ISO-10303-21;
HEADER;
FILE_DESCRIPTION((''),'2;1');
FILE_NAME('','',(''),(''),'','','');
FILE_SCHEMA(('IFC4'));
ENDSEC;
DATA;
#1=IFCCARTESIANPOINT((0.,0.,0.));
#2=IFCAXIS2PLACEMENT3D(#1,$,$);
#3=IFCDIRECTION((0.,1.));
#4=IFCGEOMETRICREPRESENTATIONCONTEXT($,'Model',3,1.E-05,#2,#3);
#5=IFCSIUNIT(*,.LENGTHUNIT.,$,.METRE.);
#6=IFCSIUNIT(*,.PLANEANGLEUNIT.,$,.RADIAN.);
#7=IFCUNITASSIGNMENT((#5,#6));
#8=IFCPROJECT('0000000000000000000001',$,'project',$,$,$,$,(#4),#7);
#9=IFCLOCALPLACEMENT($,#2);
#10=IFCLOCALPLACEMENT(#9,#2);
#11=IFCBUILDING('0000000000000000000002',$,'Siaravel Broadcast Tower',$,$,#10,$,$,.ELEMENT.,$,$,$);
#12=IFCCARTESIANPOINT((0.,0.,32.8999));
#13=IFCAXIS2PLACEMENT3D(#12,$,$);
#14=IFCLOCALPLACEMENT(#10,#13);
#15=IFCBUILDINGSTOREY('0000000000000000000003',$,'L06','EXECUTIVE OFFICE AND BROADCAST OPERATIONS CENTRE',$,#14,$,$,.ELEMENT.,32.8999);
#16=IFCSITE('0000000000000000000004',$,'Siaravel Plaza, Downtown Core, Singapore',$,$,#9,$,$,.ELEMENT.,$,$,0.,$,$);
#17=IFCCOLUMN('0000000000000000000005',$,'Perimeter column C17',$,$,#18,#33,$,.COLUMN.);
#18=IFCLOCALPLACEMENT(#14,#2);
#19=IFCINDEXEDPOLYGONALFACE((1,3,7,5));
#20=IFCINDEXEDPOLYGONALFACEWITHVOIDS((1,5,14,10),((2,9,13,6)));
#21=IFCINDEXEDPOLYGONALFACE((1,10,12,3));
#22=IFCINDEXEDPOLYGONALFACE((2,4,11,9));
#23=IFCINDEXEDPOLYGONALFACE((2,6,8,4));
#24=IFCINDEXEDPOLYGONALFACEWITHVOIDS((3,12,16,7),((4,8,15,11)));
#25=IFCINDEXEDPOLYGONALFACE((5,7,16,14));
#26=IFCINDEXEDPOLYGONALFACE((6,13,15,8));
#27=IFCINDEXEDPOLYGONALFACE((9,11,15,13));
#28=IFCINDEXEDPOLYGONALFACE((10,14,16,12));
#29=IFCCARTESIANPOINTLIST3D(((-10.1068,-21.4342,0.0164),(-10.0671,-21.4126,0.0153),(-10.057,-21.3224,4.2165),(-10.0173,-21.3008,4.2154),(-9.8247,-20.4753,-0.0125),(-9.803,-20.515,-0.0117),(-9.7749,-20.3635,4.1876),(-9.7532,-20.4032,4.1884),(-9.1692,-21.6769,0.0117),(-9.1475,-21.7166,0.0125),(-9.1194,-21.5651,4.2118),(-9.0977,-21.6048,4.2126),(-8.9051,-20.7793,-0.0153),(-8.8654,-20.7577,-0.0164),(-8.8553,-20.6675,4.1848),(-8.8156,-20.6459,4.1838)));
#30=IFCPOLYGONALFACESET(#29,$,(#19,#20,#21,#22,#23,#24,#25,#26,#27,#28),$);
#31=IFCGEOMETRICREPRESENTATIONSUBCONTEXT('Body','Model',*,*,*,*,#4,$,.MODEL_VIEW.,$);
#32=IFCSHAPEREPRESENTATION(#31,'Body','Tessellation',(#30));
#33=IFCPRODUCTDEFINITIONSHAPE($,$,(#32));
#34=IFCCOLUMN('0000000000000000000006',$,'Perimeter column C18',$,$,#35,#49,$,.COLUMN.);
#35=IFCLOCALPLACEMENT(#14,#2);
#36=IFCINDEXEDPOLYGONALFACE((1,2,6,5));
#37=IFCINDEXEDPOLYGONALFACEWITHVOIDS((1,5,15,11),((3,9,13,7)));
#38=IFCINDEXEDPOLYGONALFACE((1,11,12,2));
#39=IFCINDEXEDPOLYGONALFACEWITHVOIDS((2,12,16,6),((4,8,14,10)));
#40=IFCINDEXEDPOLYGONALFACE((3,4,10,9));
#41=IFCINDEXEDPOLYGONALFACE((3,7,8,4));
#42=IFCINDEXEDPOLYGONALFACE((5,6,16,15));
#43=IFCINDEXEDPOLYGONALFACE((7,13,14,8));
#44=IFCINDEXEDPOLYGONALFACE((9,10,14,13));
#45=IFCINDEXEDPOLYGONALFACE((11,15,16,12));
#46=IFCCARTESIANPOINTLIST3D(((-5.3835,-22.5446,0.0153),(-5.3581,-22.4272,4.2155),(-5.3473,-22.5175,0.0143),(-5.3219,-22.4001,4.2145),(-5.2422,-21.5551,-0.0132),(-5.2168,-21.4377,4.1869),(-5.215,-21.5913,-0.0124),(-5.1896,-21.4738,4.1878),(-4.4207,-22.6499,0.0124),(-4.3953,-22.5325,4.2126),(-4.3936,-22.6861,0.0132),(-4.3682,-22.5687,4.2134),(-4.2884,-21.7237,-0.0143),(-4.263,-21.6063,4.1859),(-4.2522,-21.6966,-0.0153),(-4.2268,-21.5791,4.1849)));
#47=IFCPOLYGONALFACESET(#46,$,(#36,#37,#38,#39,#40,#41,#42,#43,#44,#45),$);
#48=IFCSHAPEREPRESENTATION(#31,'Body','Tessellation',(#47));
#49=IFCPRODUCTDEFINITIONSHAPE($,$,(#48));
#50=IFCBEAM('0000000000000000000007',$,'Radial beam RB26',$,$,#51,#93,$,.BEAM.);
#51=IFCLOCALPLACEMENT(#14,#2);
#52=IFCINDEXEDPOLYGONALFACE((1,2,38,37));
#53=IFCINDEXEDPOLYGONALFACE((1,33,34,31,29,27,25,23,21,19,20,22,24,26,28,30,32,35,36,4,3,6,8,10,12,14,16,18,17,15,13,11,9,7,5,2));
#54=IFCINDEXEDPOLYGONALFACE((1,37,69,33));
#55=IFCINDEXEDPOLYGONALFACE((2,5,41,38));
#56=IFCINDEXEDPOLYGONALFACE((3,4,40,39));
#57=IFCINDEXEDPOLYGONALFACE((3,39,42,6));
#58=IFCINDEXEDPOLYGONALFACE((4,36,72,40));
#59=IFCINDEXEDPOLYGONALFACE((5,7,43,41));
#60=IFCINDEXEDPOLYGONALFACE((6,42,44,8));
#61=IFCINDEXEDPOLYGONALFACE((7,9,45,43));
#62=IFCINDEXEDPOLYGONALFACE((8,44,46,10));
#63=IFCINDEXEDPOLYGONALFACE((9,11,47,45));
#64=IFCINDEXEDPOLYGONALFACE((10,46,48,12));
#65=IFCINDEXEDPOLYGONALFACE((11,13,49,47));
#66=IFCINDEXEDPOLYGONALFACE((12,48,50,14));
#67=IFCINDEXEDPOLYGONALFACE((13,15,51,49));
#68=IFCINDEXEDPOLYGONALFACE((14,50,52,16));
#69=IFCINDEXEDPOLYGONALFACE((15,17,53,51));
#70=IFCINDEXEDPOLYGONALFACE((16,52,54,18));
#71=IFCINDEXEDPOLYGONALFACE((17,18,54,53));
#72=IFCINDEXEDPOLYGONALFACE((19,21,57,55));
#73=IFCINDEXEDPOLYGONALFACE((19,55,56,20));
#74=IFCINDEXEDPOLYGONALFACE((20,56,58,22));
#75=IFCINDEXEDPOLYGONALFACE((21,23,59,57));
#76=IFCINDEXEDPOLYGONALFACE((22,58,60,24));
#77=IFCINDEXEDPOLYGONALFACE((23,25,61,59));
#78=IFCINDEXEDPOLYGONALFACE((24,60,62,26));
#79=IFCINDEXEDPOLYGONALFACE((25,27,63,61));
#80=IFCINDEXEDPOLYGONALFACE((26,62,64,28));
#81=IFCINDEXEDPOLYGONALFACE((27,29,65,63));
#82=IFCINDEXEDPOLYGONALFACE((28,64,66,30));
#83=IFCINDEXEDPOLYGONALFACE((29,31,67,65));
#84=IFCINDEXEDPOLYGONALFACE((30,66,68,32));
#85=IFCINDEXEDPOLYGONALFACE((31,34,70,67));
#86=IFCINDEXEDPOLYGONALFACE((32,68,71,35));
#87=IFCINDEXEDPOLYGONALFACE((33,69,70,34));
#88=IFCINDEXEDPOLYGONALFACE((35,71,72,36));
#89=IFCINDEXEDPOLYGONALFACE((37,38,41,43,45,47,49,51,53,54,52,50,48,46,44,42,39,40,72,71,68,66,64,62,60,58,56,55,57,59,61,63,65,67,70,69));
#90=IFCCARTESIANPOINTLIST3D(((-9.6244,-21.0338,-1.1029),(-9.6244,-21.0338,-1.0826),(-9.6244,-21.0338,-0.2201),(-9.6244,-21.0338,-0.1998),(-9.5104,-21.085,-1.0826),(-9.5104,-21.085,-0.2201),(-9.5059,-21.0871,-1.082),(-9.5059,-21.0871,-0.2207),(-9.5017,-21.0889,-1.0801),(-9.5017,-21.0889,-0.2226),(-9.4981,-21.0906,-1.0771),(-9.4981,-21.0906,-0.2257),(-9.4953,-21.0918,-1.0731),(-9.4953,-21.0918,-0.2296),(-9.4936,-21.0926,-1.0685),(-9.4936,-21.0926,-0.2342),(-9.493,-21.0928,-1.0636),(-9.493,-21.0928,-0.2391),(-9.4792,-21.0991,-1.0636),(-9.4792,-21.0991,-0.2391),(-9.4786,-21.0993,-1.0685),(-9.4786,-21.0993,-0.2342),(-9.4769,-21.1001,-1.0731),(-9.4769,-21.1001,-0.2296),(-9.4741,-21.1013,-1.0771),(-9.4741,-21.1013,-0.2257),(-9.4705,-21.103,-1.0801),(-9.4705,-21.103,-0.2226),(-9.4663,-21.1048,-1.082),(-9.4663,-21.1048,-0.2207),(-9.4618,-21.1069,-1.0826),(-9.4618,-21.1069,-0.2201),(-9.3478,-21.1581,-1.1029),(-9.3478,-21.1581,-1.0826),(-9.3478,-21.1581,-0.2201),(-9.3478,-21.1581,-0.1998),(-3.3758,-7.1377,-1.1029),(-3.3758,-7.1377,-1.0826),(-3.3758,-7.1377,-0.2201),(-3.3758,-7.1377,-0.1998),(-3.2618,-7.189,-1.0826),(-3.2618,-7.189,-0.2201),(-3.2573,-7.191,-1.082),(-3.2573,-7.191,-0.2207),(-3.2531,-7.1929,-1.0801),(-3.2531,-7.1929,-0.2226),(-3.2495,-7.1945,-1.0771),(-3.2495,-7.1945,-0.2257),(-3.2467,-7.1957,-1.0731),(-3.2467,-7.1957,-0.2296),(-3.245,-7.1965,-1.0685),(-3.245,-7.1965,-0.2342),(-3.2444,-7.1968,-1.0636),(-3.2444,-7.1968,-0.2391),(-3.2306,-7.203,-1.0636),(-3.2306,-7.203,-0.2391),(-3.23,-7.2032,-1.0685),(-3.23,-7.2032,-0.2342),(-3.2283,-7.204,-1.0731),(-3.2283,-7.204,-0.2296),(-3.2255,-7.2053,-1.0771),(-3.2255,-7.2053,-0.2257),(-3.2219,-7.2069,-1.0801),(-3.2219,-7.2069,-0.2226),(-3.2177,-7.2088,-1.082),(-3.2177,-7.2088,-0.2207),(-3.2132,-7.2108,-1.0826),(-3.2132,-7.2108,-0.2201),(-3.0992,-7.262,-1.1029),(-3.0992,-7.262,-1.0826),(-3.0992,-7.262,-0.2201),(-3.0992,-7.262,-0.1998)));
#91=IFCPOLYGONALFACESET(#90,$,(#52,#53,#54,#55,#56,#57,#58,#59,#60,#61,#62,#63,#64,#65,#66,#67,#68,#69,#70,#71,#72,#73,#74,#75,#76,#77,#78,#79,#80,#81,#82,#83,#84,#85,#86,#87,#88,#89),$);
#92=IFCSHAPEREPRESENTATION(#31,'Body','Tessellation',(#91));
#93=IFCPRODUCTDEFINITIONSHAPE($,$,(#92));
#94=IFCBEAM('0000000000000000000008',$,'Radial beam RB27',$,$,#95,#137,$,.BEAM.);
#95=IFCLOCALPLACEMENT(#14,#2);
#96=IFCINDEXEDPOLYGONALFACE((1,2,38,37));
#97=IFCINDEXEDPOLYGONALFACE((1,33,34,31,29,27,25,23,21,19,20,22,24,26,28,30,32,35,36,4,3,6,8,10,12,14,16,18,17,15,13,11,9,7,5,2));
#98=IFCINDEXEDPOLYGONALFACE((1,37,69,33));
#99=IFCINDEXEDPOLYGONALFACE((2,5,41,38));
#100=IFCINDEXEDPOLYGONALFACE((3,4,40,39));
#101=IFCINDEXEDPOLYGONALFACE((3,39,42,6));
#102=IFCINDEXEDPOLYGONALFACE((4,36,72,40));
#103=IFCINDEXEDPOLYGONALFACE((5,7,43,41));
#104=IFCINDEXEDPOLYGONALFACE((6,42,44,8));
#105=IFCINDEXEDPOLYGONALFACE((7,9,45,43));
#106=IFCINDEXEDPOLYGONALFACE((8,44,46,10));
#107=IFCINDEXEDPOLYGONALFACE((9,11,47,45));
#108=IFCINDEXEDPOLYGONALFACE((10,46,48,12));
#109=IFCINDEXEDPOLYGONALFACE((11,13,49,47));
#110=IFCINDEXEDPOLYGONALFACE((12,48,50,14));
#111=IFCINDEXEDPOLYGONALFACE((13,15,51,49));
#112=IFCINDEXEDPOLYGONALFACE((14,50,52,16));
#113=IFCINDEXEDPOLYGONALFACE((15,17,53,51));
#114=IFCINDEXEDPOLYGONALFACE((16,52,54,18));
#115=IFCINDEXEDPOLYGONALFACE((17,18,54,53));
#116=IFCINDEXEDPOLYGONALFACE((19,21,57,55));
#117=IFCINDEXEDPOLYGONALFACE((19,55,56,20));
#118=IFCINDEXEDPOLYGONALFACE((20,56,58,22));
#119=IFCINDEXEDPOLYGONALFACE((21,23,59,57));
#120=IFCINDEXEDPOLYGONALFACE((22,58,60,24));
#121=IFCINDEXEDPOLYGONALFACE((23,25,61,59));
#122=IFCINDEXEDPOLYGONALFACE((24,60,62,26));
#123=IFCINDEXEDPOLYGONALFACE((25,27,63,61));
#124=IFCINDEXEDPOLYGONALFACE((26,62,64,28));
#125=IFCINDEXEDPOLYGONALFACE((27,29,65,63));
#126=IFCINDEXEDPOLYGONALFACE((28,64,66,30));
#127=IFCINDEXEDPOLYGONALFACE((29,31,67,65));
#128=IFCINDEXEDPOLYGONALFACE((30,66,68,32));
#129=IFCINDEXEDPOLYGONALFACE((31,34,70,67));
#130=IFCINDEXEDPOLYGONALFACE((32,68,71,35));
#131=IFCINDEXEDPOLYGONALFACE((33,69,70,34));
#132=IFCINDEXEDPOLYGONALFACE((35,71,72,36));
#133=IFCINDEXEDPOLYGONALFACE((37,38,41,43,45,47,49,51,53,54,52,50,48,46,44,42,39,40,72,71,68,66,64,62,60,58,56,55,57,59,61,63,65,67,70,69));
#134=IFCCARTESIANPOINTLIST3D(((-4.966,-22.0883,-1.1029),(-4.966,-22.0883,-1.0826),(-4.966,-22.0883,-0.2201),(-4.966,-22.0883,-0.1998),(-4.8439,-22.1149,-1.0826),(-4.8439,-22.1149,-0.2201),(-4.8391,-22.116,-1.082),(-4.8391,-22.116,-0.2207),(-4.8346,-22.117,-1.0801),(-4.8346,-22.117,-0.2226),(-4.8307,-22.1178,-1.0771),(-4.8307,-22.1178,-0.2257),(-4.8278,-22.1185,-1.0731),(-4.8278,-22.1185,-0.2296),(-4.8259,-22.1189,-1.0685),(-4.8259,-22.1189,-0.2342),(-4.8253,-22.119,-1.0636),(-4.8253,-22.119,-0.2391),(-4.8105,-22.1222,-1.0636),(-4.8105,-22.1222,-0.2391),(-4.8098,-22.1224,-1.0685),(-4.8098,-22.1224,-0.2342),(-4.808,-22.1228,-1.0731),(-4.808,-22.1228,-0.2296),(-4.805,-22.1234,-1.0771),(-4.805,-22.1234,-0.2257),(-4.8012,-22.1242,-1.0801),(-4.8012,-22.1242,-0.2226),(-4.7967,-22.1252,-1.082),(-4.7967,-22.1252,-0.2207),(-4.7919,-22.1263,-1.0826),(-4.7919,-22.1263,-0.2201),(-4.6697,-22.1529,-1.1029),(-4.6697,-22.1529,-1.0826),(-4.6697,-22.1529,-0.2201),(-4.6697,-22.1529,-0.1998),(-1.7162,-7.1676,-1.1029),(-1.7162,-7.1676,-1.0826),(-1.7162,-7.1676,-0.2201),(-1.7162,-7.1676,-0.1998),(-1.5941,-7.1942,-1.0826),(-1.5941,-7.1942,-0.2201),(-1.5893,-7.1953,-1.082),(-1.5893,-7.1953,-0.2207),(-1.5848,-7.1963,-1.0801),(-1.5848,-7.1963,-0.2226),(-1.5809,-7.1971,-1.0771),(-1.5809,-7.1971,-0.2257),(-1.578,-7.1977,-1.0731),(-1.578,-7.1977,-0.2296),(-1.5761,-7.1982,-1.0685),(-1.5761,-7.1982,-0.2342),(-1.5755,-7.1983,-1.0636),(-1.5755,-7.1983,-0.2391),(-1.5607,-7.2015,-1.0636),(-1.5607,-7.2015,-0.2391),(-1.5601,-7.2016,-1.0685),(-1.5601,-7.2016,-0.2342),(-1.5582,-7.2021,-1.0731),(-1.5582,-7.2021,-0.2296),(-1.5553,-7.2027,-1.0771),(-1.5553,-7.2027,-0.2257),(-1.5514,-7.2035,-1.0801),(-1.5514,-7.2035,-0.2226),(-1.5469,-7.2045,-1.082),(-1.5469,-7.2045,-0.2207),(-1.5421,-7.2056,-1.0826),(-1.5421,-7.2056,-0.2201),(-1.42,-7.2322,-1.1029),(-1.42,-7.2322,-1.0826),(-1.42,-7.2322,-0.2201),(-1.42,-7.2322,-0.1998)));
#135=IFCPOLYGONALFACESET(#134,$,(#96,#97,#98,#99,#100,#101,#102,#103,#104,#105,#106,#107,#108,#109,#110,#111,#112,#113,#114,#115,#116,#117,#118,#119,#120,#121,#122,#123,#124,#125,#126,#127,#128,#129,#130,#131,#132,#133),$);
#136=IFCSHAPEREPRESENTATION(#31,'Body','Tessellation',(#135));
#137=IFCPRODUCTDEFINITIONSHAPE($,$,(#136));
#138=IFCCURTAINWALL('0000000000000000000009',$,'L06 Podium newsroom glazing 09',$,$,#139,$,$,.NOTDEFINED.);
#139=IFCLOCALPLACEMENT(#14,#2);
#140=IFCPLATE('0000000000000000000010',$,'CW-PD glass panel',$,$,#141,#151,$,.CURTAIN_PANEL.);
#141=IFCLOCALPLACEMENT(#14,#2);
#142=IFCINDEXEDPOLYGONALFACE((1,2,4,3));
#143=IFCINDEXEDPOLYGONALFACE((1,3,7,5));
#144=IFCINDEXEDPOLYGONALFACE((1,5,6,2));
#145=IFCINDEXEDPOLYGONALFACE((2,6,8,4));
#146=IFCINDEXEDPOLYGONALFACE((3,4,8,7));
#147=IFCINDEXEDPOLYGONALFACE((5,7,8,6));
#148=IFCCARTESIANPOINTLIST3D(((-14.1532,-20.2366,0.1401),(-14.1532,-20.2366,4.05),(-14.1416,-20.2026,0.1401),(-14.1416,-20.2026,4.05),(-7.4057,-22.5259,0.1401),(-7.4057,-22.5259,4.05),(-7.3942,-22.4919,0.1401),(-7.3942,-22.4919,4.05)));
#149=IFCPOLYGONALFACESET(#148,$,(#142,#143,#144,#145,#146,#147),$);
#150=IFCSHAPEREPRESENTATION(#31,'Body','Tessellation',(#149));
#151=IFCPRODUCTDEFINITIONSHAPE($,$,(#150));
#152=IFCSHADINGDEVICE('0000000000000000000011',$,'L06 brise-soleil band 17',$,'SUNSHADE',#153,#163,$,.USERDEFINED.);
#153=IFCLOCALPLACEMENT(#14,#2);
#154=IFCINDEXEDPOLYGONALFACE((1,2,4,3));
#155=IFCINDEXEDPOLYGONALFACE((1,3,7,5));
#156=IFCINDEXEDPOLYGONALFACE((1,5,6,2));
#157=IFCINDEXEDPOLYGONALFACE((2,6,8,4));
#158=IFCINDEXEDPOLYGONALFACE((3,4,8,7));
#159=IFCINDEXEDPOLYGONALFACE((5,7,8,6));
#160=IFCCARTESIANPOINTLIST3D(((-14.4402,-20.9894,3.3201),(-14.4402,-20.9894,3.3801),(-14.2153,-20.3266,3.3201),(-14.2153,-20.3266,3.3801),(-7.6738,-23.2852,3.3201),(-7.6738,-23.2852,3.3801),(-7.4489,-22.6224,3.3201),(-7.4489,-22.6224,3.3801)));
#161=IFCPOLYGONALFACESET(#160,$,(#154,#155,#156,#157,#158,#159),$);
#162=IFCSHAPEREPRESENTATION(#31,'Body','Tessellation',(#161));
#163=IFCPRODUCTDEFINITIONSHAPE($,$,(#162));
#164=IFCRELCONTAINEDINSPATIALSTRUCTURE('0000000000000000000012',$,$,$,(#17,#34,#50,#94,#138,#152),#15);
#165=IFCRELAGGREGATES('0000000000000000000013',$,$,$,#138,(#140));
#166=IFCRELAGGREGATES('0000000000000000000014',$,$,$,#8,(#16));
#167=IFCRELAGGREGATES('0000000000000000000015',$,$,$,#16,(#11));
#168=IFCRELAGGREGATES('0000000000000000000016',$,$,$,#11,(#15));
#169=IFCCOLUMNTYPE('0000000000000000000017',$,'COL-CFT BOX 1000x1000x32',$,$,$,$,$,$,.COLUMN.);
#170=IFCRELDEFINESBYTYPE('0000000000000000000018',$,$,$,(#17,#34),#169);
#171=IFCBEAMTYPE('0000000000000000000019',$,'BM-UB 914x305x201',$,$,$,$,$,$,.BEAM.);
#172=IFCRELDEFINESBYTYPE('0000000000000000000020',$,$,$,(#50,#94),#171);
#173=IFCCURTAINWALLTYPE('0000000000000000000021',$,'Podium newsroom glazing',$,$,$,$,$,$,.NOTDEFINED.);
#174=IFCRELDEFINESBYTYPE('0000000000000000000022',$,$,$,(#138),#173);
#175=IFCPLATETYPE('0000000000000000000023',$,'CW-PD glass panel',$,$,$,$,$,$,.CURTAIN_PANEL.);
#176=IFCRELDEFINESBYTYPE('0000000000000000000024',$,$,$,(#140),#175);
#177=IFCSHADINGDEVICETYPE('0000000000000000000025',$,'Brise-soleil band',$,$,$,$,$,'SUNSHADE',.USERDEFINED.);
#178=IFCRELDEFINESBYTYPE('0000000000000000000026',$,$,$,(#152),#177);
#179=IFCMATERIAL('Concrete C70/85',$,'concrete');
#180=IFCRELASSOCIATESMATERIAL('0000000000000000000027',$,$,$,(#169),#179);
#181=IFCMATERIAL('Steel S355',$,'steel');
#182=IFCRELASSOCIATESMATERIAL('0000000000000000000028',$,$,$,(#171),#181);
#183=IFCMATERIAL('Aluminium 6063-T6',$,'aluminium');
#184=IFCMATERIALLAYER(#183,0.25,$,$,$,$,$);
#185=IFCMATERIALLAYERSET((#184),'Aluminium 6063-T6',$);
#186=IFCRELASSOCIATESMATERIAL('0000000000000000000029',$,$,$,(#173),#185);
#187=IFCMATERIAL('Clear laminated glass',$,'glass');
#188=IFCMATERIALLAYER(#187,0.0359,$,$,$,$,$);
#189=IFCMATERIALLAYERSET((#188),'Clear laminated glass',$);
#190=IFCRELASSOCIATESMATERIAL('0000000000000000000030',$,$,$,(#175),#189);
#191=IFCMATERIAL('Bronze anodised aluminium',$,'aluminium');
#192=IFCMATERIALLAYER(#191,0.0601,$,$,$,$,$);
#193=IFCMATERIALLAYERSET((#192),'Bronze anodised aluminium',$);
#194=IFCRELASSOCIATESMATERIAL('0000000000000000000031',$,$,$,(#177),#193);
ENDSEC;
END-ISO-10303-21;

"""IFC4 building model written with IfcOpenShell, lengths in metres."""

from ifc_helpers import new_model, si_unit, direction, frame, origin, origin_2d, place, context, subcontext, project, spatial, rectangle, hollow_rectangle, i_section, extrude, material, layer, layer_set, material_profile, profile_set, type_object, element, aggregate, save


model = new_model("IFC4")

# Units and contexts
model_context = context("Model", 3, precision=1e-05, world=origin(), true_north=direction((0.0, 1.0)))
body_context = subcontext(model_context, "Body", "Model", "MODEL_VIEW")
ifc_project = project(units=[si_unit("LENGTHUNIT", "METRE"), si_unit("PLANEANGLEUNIT", "RADIAN")], contexts=[model_context])

# Site, building, storey
site_placement = place(None, origin())
site = spatial("IfcSite", under=ifc_project, at=site_placement, Name="Siaravel Plaza, Downtown Core, Singapore", CompositionType="ELEMENT", RefElevation=0.0)
building_placement = place(site_placement, origin())
building = spatial("IfcBuilding", under=site, at=building_placement, Name="Siaravel Broadcast Tower", CompositionType="ELEMENT")
storey_placement = place(building_placement, frame((0.0, 0.0, 32.8999)))
storey = spatial("IfcBuildingStorey", under=building, at=storey_placement, Name="L06", Description="EXECUTIVE OFFICE AND BROADCAST OPERATIONS CENTRE", CompositionType="ELEMENT", Elevation=32.8999)

# Columns
ifc_material_1 = material(Name="Concrete C70/85", Category="concrete")
ifc_material_profile_1 = material_profile(ifc_material_1, hollow_rectangle(XDim=1.0, YDim=1.0, WallThickness=0.032, at=origin_2d()))
ifc_profile_set_1 = profile_set([ifc_material_profile_1], Name="Concrete C70/85")
column_type = type_object("IfcColumnType", Name="COL-CFT BOX 1000x1000x32", PredefinedType="COLUMN", material=ifc_profile_set_1)
for number, where, z_axis, x_axis, name in (
    (1, (-9.4861, -21.0959, 0.0), (0.011853, 0.02661, 0.999576), (-0.959297, 0.282374, 0.003858), "Perimeter column C17"),
    (2, (-4.8179, -22.1206, 0.0), (0.006043, 0.027947, 0.999591), (-0.98994, 0.141473, 0.002029), "Perimeter column C18"),
):
    element("IfcColumn", number, at=place(storey_placement, frame(where, z_axis=z_axis, x_axis=x_axis)), inside=storey, type_object=column_type, Name=name, PredefinedType="COLUMN", context=body_context, shape_type="SweptSolid", body=[
        extrude(hollow_rectangle(XDim=1.0, YDim=1.0, WallThickness=0.032, at=origin_2d()), origin(), (0.0, 0.0, 1.0), 4.2019),
    ])

# Beams
ifc_material_2 = material(Name="Steel S355", Category="steel")
ifc_material_profile_2 = material_profile(ifc_material_2, i_section(OverallWidth=0.3032, OverallDepth=0.9031, WebThickness=0.0151, FlangeThickness=0.0203, FilletRadius=0.019, at=origin_2d()))
ifc_profile_set_2 = profile_set([ifc_material_profile_2], Name="Steel S355")
beam_type = type_object("IfcBeamType", Name="BM-UB 914x305x201", PredefinedType="BEAM", material=ifc_profile_set_2)
beam_1_placement = place(storey_placement, frame((-9.4861, -21.0959, -0.6514), z_axis=(0.41011, 0.912036, 0.0), x_axis=(-0.912036, 0.41011, 0.0)))
element("IfcBeam", 3, at=beam_1_placement, inside=storey, type_object=beam_type, Name="Radial beam RB26", PredefinedType="BEAM", context=body_context, shape_type="SweptSolid", body=[
    extrude(i_section(OverallWidth=0.3032, OverallDepth=0.9031, WebThickness=0.0151, FlangeThickness=0.0203, FilletRadius=0.019, at=origin_2d()), origin(), (0.0, 0.0, 1.0), 15.2363),
])
beam_2_placement = place(storey_placement, frame((-4.8179, -22.1206, -0.6514), z_axis=(0.212813, 0.977093, 0.0), x_axis=(-0.977093, 0.212813, 0.0)))
element("IfcBeam", 4, at=beam_2_placement, inside=storey, type_object=beam_type, Name="Radial beam RB27", PredefinedType="BEAM", context=body_context, shape_type="SweptSolid", body=[
    extrude(i_section(OverallWidth=0.3032, OverallDepth=0.9031, WebThickness=0.0151, FlangeThickness=0.0203, FilletRadius=0.019, at=origin_2d()), origin(), (0.0, 0.0, 1.0), 15.2705),
])

# Curtain wall, plate
ifc_material_3 = material(Name="Aluminium 6063-T6", Category="aluminium")
ifc_layer_1 = layer(ifc_material_3, 0.25)
ifc_layer_set_1 = layer_set([ifc_layer_1], Name="Aluminium 6063-T6")
curtain_wall_type = type_object("IfcCurtainWallType", Name="Podium newsroom glazing", PredefinedType="NOTDEFINED", material=ifc_layer_set_1)
curtain_wall_placement = place(storey_placement, origin())
curtain_wall = element("IfcCurtainWall", 5, at=curtain_wall_placement, inside=storey, type_object=curtain_wall_type, Name="L06 Podium newsroom glazing 09", PredefinedType="NOTDEFINED")
ifc_material_4 = material(Name="Clear laminated glass", Category="glass")
ifc_layer_2 = layer(ifc_material_4, 0.0359)
ifc_layer_set_2 = layer_set([ifc_layer_2], Name="Clear laminated glass")
plate_type = type_object("IfcPlateType", Name="CW-PD glass panel", PredefinedType="CURTAIN_PANEL", material=ifc_layer_set_2)
plate_placement = place(storey_placement, frame((-10.7737, -21.3643, 0.1401), z_axis=(0.0, 0.0, 1.0), x_axis=(0.946977, -0.3213, 0.0)))
plate = element("IfcPlate", 6, at=plate_placement, type_object=plate_type, Name="CW-PD glass panel", PredefinedType="CURTAIN_PANEL", context=body_context, shape_type="SweptSolid", body=[
    extrude(rectangle(XDim=7.1252, YDim=0.0359, at=origin_2d()), origin(), (0.0, 0.0, 1.0), 3.9099),
])
aggregate(curtain_wall, [plate])

# Shading device
ifc_material_5 = material(Name="Bronze anodised aluminium", Category="aluminium")
ifc_layer_3 = layer(ifc_material_5, 0.0601)
ifc_layer_set_3 = layer_set([ifc_layer_3], Name="Bronze anodised aluminium")
shading_device_type = type_object("IfcShadingDeviceType", Name="Brise-soleil band", ElementType="SUNSHADE", PredefinedType="USERDEFINED", material=ifc_layer_set_3)
shading_device_placement = place(storey_placement, frame((-10.9446, -21.8059, 3.3201), z_axis=(0.0, 0.0, 1.0), x_axis=(0.946977, -0.321301, 0.0)))
element("IfcShadingDevice", 7, at=shading_device_placement, inside=storey, type_object=shading_device_type, Name="L06 brise-soleil band 17", ObjectType="SUNSHADE", PredefinedType="USERDEFINED", context=body_context, shape_type="SweptSolid", body=[
    extrude(rectangle(XDim=7.1453, YDim=0.7, at=origin_2d()), origin(), (0.0, 0.0, 1.0), 0.0601),
])

save(model, "model.ifc")
